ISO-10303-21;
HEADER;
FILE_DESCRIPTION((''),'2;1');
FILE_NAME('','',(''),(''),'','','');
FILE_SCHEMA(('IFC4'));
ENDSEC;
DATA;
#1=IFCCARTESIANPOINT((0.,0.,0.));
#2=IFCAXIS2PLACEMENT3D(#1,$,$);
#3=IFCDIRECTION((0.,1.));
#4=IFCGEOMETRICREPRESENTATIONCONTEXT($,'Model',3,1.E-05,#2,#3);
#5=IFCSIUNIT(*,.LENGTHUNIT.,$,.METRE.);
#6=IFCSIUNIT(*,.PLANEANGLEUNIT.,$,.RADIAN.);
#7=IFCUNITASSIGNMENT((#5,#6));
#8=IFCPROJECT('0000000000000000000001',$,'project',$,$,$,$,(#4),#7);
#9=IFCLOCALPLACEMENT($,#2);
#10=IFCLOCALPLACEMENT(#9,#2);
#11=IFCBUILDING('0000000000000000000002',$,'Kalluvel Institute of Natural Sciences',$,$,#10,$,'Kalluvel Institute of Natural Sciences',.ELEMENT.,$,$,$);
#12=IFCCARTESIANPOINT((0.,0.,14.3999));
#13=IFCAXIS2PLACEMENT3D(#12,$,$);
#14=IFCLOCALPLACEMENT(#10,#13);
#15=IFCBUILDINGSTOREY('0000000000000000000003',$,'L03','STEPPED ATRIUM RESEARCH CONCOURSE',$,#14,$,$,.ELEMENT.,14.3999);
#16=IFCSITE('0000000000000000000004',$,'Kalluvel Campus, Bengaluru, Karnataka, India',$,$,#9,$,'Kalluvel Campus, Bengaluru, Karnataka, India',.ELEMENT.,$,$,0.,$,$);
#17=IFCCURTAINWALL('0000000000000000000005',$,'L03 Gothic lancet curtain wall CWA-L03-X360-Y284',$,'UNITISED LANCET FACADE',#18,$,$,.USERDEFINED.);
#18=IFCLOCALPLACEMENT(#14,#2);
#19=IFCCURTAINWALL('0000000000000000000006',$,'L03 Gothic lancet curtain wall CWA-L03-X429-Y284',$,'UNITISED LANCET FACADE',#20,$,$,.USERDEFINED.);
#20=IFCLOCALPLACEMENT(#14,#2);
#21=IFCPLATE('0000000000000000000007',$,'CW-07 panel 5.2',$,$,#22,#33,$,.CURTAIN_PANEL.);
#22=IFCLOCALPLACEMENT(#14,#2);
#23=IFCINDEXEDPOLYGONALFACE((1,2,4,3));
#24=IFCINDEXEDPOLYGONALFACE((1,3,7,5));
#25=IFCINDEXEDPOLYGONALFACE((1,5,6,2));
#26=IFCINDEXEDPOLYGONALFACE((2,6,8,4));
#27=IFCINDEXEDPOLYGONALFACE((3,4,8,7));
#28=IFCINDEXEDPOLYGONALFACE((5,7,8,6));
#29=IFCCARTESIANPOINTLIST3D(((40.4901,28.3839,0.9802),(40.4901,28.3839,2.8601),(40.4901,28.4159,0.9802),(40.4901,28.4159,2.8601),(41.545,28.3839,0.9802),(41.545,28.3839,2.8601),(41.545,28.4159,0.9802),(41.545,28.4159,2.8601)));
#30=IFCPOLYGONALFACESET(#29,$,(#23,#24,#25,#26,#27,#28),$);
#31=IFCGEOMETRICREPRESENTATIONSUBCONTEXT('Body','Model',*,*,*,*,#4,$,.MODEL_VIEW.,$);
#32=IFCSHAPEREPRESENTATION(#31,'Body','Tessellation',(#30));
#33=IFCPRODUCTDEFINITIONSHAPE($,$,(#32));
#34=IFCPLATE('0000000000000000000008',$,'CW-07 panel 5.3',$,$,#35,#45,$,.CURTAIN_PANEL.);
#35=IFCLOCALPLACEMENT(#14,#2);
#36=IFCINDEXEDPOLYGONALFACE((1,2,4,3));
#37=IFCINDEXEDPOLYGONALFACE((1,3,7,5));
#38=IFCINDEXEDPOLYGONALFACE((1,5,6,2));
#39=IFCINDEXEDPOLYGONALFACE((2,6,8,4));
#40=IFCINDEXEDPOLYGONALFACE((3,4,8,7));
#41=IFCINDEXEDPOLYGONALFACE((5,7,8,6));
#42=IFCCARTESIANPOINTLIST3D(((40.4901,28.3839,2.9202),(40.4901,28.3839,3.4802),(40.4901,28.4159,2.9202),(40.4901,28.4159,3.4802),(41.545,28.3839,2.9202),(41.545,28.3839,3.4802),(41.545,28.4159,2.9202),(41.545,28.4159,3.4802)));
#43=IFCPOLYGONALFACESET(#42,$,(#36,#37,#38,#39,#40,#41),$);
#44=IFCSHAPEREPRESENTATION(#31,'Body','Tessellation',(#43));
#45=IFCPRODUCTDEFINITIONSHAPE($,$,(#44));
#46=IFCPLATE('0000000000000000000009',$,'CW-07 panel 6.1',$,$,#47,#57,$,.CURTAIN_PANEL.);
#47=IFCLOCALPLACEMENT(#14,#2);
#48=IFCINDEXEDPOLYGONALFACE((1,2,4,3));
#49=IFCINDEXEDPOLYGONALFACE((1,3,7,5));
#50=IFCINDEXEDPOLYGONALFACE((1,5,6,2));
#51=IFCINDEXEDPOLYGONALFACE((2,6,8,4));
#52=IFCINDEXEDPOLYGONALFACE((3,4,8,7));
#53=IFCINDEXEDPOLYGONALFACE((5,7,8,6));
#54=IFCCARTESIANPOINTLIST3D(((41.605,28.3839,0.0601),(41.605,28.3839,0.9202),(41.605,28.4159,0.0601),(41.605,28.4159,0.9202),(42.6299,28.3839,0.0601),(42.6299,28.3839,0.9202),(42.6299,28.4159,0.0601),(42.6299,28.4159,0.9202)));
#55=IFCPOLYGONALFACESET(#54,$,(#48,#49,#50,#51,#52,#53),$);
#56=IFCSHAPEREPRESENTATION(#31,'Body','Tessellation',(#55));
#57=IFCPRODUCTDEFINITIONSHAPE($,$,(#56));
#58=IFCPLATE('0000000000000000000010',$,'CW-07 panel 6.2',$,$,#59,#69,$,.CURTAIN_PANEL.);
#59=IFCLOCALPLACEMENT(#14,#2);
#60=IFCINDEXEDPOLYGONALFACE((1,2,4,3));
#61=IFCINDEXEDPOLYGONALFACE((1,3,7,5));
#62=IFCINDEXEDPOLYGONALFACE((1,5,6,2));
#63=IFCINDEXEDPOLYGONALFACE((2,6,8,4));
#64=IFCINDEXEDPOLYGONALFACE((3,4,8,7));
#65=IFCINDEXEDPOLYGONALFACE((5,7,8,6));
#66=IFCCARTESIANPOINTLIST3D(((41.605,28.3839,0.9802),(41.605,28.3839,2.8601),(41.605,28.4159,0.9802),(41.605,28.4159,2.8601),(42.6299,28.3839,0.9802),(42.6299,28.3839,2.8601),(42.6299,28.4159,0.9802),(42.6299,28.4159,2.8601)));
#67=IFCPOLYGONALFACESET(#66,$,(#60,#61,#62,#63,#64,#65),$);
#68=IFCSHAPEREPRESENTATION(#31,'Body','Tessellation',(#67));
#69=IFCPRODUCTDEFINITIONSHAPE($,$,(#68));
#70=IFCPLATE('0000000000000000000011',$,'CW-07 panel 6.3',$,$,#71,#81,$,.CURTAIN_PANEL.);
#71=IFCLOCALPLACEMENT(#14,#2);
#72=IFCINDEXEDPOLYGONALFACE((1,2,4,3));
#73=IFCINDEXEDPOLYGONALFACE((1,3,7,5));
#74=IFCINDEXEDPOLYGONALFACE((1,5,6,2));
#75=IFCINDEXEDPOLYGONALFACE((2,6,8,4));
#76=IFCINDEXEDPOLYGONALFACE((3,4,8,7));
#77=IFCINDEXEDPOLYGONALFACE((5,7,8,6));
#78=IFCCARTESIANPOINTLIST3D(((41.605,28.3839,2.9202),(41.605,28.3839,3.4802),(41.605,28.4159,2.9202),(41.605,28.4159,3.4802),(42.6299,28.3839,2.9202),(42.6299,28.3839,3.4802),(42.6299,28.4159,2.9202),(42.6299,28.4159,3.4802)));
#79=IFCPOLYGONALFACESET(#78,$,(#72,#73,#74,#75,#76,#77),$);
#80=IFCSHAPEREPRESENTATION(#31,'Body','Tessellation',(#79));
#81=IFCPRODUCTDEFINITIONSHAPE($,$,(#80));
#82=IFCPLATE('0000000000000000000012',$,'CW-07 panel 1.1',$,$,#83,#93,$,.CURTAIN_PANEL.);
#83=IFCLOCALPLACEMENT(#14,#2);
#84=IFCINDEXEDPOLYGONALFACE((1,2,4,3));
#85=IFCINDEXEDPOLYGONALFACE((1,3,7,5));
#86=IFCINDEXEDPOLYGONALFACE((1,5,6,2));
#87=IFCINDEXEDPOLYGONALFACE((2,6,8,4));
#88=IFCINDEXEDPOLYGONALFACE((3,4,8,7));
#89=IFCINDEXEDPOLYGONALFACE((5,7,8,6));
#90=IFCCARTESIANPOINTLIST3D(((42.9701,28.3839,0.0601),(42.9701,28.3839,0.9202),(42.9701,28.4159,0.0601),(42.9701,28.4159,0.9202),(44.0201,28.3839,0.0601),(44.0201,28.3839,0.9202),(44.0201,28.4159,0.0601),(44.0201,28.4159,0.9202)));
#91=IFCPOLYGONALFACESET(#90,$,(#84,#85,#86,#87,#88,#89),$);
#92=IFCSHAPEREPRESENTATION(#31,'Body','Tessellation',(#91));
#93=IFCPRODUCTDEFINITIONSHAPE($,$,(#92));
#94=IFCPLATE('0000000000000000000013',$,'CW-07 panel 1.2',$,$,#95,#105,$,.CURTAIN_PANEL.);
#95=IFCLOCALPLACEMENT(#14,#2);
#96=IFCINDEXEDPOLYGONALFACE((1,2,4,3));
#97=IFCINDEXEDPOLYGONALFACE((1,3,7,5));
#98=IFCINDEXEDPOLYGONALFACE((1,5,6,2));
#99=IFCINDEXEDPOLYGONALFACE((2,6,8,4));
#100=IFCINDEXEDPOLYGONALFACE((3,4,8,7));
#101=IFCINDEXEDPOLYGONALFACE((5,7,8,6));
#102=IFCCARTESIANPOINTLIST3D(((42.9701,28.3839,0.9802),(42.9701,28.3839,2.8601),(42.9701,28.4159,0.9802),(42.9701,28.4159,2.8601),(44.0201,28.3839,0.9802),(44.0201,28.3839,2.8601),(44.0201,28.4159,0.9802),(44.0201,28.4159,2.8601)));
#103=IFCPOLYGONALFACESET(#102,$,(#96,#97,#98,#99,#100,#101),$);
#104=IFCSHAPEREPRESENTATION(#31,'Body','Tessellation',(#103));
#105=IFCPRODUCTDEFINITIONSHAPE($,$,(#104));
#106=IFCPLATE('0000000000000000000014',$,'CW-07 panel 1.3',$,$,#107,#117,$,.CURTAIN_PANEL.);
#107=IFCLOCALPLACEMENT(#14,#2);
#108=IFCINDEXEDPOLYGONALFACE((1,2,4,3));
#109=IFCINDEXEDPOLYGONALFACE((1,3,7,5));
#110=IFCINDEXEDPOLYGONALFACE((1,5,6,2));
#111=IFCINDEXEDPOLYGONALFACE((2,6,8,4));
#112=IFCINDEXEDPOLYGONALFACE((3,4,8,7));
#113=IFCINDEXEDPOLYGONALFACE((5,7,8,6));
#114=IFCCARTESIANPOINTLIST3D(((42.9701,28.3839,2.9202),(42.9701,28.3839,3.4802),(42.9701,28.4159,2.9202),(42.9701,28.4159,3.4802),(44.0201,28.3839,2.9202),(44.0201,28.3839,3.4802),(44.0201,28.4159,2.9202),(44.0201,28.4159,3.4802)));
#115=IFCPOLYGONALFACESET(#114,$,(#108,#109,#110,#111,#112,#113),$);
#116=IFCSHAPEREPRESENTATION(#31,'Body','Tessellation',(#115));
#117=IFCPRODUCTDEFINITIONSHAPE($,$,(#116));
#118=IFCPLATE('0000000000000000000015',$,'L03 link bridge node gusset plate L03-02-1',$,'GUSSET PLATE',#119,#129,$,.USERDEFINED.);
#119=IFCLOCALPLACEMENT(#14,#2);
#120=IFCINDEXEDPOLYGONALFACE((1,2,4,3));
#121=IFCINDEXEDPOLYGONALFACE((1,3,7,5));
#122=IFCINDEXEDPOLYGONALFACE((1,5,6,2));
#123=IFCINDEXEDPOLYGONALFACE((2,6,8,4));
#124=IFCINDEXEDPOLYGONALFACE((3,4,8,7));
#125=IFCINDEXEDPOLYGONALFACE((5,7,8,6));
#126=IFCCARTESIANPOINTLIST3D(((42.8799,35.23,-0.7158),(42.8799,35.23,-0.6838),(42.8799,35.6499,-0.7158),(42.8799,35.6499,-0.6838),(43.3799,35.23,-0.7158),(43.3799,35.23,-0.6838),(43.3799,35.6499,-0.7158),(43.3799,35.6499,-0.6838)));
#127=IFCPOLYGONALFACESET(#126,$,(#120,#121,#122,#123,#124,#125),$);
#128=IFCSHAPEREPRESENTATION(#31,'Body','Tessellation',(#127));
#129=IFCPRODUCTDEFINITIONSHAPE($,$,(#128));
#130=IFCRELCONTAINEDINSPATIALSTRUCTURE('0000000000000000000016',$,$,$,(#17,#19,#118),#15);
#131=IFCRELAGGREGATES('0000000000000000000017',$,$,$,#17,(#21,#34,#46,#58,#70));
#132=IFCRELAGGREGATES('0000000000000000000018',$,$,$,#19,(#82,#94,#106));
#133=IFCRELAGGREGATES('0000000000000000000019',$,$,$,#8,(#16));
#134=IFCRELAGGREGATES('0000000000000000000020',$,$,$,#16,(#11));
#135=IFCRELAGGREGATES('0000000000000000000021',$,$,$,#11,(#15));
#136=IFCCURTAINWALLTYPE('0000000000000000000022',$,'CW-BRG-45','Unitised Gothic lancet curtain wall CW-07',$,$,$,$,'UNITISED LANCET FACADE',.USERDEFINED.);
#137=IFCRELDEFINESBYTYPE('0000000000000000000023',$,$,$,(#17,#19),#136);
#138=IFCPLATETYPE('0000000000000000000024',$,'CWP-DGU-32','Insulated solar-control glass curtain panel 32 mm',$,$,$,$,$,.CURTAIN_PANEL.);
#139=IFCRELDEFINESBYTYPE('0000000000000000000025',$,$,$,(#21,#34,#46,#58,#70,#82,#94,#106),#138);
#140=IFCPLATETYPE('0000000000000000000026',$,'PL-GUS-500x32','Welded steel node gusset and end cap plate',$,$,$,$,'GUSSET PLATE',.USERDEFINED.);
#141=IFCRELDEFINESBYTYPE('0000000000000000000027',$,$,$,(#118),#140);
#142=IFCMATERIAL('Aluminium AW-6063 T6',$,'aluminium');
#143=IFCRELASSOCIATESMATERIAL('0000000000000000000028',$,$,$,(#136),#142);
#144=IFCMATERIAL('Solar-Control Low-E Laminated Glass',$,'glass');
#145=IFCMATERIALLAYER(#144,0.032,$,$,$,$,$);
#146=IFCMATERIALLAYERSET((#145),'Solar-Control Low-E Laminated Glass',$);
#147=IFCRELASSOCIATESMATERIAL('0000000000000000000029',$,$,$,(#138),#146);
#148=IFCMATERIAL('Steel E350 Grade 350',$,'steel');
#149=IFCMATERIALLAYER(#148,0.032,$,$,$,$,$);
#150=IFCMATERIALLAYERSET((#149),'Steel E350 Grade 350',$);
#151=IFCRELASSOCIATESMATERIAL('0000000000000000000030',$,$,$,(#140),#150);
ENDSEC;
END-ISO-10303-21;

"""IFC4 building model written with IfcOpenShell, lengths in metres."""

from ifc_helpers import new_model, si_unit, direction, frame, origin, origin_2d, place, context, subcontext, project, spatial, rectangle, extrude, material, layer, layer_set, type_object, element, aggregate, save


model = new_model("IFC4")

# Units and contexts
model_context = context("Model", 3, precision=1e-05, world=origin(), true_north=direction((0.0, 1.0)))
body_context = subcontext(model_context, "Body", "Model", "MODEL_VIEW")
ifc_project = project(units=[si_unit("LENGTHUNIT", "METRE"), si_unit("PLANEANGLEUNIT", "RADIAN")], contexts=[model_context])

# Site, building, storey
site_placement = place(None, origin())
site = spatial("IfcSite", under=ifc_project, at=site_placement, Name="Kalluvel Campus, Bengaluru, Karnataka, India", LongName="Kalluvel Campus, Bengaluru, Karnataka, India", CompositionType="ELEMENT", RefElevation=0.0)
building_placement = place(site_placement, origin())
building = spatial("IfcBuilding", under=site, at=building_placement, Name="Kalluvel Institute of Natural Sciences", LongName="Kalluvel Institute of Natural Sciences", CompositionType="ELEMENT")
storey_placement = place(building_placement, frame((0.0, 0.0, 14.3999)))
storey = spatial("IfcBuildingStorey", under=building, at=storey_placement, Name="L03", Description="STEPPED ATRIUM RESEARCH CONCOURSE", CompositionType="ELEMENT", Elevation=14.3999)

# Shared definitions
ifc_material_1 = material(Name="Steel E350 Grade 350", Category="steel")

# Curtain walls
ifc_material_2 = material(Name="Aluminium AW-6063 T6", Category="aluminium")
curtain_wall_type = type_object("IfcCurtainWallType", Name="CW-BRG-45", Description="Unitised Gothic lancet curtain wall CW-07", ElementType="UNITISED LANCET FACADE", PredefinedType="USERDEFINED", material=ifc_material_2)
curtain_wall_1_placement = place(storey_placement, origin())
curtain_wall_1 = element("IfcCurtainWall", 1, at=curtain_wall_1_placement, inside=storey, type_object=curtain_wall_type, Name="L03 Gothic lancet curtain wall CWA-L03-X360-Y284", ObjectType="UNITISED LANCET FACADE", PredefinedType="USERDEFINED")
curtain_wall_2_placement = place(storey_placement, origin())
curtain_wall_2 = element("IfcCurtainWall", 2, at=curtain_wall_2_placement, inside=storey, type_object=curtain_wall_type, Name="L03 Gothic lancet curtain wall CWA-L03-X429-Y284", ObjectType="UNITISED LANCET FACADE", PredefinedType="USERDEFINED")

# Plates
ifc_material_3 = material(Name="Solar-Control Low-E Laminated Glass", Category="glass")
ifc_layer_1 = layer(ifc_material_3, 0.032)
ifc_layer_set_1 = layer_set([ifc_layer_1], Name="Solar-Control Low-E Laminated Glass")
plate_type_1 = type_object("IfcPlateType", Name="CWP-DGU-32", Description="Insulated solar-control glass curtain panel 32 mm", PredefinedType="CURTAIN_PANEL", material=ifc_layer_set_1)
plate_1_placement = place(storey_placement, frame((41.0176, 28.3999, 0.9802), z_axis=(0.0, 0.0, 1.0), x_axis=(1.0, 0.0, 0.0)))
plate_1 = element("IfcPlate", 3, at=plate_1_placement, type_object=plate_type_1, Name="CW-07 panel 5.2", PredefinedType="CURTAIN_PANEL", context=body_context, shape_type="SweptSolid", body=[
    extrude(rectangle(XDim=1.0549, YDim=0.032, at=origin_2d()), origin(), (0.0, 0.0, 1.0), 1.8799),
])
plate_2_placement = place(storey_placement, frame((41.0176, 28.3999, 2.9202), z_axis=(0.0, 0.0, 1.0), x_axis=(1.0, 0.0, 0.0)))
plate_2 = element("IfcPlate", 4, at=plate_2_placement, type_object=plate_type_1, Name="CW-07 panel 5.3", PredefinedType="CURTAIN_PANEL", context=body_context, shape_type="SweptSolid", body=[
    extrude(rectangle(XDim=1.0549, YDim=0.032, at=origin_2d()), origin(), (0.0, 0.0, 1.0), 0.5601),
])
plate_3_placement = place(storey_placement, frame((42.1174, 28.3999, 0.0601), z_axis=(0.0, 0.0, 1.0), x_axis=(1.0, 0.0, 0.0)))
plate_3 = element("IfcPlate", 5, at=plate_3_placement, type_object=plate_type_1, Name="CW-07 panel 6.1", PredefinedType="CURTAIN_PANEL", context=body_context, shape_type="SweptSolid", body=[
    extrude(rectangle(XDim=1.0249, YDim=0.032, at=origin_2d()), origin(), (0.0, 0.0, 1.0), 0.8601),
])
plate_4_placement = place(storey_placement, frame((42.1174, 28.3999, 0.9802), z_axis=(0.0, 0.0, 1.0), x_axis=(1.0, 0.0, 0.0)))
plate_4 = element("IfcPlate", 6, at=plate_4_placement, type_object=plate_type_1, Name="CW-07 panel 6.2", PredefinedType="CURTAIN_PANEL", context=body_context, shape_type="SweptSolid", body=[
    extrude(rectangle(XDim=1.0249, YDim=0.032, at=origin_2d()), origin(), (0.0, 0.0, 1.0), 1.8799),
])
plate_5_placement = place(storey_placement, frame((42.1174, 28.3999, 2.9202), z_axis=(0.0, 0.0, 1.0), x_axis=(1.0, 0.0, 0.0)))
plate_5 = element("IfcPlate", 7, at=plate_5_placement, type_object=plate_type_1, Name="CW-07 panel 6.3", PredefinedType="CURTAIN_PANEL", context=body_context, shape_type="SweptSolid", body=[
    extrude(rectangle(XDim=1.0249, YDim=0.032, at=origin_2d()), origin(), (0.0, 0.0, 1.0), 0.5601),
])
aggregate(curtain_wall_1, [plate_1, plate_2, plate_3, plate_4, plate_5])
plate_6_placement = place(storey_placement, frame((43.4951, 28.3999, 0.0601), z_axis=(0.0, 0.0, 1.0), x_axis=(1.0, 0.0, 0.0)))
plate_6 = element("IfcPlate", 8, at=plate_6_placement, type_object=plate_type_1, Name="CW-07 panel 1.1", PredefinedType="CURTAIN_PANEL", context=body_context, shape_type="SweptSolid", body=[
    extrude(rectangle(XDim=1.05, YDim=0.032, at=origin_2d()), origin(), (0.0, 0.0, 1.0), 0.8601),
])
plate_7_placement = place(storey_placement, frame((43.4951, 28.3999, 0.9802), z_axis=(0.0, 0.0, 1.0), x_axis=(1.0, 0.0, 0.0)))
plate_7 = element("IfcPlate", 9, at=plate_7_placement, type_object=plate_type_1, Name="CW-07 panel 1.2", PredefinedType="CURTAIN_PANEL", context=body_context, shape_type="SweptSolid", body=[
    extrude(rectangle(XDim=1.05, YDim=0.032, at=origin_2d()), origin(), (0.0, 0.0, 1.0), 1.8799),
])
plate_8_placement = place(storey_placement, frame((43.4951, 28.3999, 2.9202), z_axis=(0.0, 0.0, 1.0), x_axis=(1.0, 0.0, 0.0)))
plate_8 = element("IfcPlate", 10, at=plate_8_placement, type_object=plate_type_1, Name="CW-07 panel 1.3", PredefinedType="CURTAIN_PANEL", context=body_context, shape_type="SweptSolid", body=[
    extrude(rectangle(XDim=1.05, YDim=0.032, at=origin_2d()), origin(), (0.0, 0.0, 1.0), 0.5601),
])
aggregate(curtain_wall_2, [plate_6, plate_7, plate_8])
ifc_layer_2 = layer(ifc_material_1, 0.032)
ifc_layer_set_2 = layer_set([ifc_layer_2], Name="Steel E350 Grade 350")
plate_type_2 = type_object("IfcPlateType", Name="PL-GUS-500x32", Description="Welded steel node gusset and end cap plate", ElementType="GUSSET PLATE", PredefinedType="USERDEFINED", material=ifc_layer_set_2)
plate_9_placement = place(storey_placement, frame((43.1299, 35.4399, -0.7158), z_axis=(0.0, 0.0, 1.0), x_axis=(1.0, 0.0, 0.0)))
element("IfcPlate", 11, at=plate_9_placement, inside=storey, type_object=plate_type_2, Name="L03 link bridge node gusset plate L03-02-1", ObjectType="GUSSET PLATE", PredefinedType="USERDEFINED", context=body_context, shape_type="SweptSolid", body=[
    extrude(rectangle(XDim=0.5, YDim=0.4199, at=origin_2d()), origin(), (0.0, 0.0, 1.0), 0.032),
])

save(model, "model.ifc")
